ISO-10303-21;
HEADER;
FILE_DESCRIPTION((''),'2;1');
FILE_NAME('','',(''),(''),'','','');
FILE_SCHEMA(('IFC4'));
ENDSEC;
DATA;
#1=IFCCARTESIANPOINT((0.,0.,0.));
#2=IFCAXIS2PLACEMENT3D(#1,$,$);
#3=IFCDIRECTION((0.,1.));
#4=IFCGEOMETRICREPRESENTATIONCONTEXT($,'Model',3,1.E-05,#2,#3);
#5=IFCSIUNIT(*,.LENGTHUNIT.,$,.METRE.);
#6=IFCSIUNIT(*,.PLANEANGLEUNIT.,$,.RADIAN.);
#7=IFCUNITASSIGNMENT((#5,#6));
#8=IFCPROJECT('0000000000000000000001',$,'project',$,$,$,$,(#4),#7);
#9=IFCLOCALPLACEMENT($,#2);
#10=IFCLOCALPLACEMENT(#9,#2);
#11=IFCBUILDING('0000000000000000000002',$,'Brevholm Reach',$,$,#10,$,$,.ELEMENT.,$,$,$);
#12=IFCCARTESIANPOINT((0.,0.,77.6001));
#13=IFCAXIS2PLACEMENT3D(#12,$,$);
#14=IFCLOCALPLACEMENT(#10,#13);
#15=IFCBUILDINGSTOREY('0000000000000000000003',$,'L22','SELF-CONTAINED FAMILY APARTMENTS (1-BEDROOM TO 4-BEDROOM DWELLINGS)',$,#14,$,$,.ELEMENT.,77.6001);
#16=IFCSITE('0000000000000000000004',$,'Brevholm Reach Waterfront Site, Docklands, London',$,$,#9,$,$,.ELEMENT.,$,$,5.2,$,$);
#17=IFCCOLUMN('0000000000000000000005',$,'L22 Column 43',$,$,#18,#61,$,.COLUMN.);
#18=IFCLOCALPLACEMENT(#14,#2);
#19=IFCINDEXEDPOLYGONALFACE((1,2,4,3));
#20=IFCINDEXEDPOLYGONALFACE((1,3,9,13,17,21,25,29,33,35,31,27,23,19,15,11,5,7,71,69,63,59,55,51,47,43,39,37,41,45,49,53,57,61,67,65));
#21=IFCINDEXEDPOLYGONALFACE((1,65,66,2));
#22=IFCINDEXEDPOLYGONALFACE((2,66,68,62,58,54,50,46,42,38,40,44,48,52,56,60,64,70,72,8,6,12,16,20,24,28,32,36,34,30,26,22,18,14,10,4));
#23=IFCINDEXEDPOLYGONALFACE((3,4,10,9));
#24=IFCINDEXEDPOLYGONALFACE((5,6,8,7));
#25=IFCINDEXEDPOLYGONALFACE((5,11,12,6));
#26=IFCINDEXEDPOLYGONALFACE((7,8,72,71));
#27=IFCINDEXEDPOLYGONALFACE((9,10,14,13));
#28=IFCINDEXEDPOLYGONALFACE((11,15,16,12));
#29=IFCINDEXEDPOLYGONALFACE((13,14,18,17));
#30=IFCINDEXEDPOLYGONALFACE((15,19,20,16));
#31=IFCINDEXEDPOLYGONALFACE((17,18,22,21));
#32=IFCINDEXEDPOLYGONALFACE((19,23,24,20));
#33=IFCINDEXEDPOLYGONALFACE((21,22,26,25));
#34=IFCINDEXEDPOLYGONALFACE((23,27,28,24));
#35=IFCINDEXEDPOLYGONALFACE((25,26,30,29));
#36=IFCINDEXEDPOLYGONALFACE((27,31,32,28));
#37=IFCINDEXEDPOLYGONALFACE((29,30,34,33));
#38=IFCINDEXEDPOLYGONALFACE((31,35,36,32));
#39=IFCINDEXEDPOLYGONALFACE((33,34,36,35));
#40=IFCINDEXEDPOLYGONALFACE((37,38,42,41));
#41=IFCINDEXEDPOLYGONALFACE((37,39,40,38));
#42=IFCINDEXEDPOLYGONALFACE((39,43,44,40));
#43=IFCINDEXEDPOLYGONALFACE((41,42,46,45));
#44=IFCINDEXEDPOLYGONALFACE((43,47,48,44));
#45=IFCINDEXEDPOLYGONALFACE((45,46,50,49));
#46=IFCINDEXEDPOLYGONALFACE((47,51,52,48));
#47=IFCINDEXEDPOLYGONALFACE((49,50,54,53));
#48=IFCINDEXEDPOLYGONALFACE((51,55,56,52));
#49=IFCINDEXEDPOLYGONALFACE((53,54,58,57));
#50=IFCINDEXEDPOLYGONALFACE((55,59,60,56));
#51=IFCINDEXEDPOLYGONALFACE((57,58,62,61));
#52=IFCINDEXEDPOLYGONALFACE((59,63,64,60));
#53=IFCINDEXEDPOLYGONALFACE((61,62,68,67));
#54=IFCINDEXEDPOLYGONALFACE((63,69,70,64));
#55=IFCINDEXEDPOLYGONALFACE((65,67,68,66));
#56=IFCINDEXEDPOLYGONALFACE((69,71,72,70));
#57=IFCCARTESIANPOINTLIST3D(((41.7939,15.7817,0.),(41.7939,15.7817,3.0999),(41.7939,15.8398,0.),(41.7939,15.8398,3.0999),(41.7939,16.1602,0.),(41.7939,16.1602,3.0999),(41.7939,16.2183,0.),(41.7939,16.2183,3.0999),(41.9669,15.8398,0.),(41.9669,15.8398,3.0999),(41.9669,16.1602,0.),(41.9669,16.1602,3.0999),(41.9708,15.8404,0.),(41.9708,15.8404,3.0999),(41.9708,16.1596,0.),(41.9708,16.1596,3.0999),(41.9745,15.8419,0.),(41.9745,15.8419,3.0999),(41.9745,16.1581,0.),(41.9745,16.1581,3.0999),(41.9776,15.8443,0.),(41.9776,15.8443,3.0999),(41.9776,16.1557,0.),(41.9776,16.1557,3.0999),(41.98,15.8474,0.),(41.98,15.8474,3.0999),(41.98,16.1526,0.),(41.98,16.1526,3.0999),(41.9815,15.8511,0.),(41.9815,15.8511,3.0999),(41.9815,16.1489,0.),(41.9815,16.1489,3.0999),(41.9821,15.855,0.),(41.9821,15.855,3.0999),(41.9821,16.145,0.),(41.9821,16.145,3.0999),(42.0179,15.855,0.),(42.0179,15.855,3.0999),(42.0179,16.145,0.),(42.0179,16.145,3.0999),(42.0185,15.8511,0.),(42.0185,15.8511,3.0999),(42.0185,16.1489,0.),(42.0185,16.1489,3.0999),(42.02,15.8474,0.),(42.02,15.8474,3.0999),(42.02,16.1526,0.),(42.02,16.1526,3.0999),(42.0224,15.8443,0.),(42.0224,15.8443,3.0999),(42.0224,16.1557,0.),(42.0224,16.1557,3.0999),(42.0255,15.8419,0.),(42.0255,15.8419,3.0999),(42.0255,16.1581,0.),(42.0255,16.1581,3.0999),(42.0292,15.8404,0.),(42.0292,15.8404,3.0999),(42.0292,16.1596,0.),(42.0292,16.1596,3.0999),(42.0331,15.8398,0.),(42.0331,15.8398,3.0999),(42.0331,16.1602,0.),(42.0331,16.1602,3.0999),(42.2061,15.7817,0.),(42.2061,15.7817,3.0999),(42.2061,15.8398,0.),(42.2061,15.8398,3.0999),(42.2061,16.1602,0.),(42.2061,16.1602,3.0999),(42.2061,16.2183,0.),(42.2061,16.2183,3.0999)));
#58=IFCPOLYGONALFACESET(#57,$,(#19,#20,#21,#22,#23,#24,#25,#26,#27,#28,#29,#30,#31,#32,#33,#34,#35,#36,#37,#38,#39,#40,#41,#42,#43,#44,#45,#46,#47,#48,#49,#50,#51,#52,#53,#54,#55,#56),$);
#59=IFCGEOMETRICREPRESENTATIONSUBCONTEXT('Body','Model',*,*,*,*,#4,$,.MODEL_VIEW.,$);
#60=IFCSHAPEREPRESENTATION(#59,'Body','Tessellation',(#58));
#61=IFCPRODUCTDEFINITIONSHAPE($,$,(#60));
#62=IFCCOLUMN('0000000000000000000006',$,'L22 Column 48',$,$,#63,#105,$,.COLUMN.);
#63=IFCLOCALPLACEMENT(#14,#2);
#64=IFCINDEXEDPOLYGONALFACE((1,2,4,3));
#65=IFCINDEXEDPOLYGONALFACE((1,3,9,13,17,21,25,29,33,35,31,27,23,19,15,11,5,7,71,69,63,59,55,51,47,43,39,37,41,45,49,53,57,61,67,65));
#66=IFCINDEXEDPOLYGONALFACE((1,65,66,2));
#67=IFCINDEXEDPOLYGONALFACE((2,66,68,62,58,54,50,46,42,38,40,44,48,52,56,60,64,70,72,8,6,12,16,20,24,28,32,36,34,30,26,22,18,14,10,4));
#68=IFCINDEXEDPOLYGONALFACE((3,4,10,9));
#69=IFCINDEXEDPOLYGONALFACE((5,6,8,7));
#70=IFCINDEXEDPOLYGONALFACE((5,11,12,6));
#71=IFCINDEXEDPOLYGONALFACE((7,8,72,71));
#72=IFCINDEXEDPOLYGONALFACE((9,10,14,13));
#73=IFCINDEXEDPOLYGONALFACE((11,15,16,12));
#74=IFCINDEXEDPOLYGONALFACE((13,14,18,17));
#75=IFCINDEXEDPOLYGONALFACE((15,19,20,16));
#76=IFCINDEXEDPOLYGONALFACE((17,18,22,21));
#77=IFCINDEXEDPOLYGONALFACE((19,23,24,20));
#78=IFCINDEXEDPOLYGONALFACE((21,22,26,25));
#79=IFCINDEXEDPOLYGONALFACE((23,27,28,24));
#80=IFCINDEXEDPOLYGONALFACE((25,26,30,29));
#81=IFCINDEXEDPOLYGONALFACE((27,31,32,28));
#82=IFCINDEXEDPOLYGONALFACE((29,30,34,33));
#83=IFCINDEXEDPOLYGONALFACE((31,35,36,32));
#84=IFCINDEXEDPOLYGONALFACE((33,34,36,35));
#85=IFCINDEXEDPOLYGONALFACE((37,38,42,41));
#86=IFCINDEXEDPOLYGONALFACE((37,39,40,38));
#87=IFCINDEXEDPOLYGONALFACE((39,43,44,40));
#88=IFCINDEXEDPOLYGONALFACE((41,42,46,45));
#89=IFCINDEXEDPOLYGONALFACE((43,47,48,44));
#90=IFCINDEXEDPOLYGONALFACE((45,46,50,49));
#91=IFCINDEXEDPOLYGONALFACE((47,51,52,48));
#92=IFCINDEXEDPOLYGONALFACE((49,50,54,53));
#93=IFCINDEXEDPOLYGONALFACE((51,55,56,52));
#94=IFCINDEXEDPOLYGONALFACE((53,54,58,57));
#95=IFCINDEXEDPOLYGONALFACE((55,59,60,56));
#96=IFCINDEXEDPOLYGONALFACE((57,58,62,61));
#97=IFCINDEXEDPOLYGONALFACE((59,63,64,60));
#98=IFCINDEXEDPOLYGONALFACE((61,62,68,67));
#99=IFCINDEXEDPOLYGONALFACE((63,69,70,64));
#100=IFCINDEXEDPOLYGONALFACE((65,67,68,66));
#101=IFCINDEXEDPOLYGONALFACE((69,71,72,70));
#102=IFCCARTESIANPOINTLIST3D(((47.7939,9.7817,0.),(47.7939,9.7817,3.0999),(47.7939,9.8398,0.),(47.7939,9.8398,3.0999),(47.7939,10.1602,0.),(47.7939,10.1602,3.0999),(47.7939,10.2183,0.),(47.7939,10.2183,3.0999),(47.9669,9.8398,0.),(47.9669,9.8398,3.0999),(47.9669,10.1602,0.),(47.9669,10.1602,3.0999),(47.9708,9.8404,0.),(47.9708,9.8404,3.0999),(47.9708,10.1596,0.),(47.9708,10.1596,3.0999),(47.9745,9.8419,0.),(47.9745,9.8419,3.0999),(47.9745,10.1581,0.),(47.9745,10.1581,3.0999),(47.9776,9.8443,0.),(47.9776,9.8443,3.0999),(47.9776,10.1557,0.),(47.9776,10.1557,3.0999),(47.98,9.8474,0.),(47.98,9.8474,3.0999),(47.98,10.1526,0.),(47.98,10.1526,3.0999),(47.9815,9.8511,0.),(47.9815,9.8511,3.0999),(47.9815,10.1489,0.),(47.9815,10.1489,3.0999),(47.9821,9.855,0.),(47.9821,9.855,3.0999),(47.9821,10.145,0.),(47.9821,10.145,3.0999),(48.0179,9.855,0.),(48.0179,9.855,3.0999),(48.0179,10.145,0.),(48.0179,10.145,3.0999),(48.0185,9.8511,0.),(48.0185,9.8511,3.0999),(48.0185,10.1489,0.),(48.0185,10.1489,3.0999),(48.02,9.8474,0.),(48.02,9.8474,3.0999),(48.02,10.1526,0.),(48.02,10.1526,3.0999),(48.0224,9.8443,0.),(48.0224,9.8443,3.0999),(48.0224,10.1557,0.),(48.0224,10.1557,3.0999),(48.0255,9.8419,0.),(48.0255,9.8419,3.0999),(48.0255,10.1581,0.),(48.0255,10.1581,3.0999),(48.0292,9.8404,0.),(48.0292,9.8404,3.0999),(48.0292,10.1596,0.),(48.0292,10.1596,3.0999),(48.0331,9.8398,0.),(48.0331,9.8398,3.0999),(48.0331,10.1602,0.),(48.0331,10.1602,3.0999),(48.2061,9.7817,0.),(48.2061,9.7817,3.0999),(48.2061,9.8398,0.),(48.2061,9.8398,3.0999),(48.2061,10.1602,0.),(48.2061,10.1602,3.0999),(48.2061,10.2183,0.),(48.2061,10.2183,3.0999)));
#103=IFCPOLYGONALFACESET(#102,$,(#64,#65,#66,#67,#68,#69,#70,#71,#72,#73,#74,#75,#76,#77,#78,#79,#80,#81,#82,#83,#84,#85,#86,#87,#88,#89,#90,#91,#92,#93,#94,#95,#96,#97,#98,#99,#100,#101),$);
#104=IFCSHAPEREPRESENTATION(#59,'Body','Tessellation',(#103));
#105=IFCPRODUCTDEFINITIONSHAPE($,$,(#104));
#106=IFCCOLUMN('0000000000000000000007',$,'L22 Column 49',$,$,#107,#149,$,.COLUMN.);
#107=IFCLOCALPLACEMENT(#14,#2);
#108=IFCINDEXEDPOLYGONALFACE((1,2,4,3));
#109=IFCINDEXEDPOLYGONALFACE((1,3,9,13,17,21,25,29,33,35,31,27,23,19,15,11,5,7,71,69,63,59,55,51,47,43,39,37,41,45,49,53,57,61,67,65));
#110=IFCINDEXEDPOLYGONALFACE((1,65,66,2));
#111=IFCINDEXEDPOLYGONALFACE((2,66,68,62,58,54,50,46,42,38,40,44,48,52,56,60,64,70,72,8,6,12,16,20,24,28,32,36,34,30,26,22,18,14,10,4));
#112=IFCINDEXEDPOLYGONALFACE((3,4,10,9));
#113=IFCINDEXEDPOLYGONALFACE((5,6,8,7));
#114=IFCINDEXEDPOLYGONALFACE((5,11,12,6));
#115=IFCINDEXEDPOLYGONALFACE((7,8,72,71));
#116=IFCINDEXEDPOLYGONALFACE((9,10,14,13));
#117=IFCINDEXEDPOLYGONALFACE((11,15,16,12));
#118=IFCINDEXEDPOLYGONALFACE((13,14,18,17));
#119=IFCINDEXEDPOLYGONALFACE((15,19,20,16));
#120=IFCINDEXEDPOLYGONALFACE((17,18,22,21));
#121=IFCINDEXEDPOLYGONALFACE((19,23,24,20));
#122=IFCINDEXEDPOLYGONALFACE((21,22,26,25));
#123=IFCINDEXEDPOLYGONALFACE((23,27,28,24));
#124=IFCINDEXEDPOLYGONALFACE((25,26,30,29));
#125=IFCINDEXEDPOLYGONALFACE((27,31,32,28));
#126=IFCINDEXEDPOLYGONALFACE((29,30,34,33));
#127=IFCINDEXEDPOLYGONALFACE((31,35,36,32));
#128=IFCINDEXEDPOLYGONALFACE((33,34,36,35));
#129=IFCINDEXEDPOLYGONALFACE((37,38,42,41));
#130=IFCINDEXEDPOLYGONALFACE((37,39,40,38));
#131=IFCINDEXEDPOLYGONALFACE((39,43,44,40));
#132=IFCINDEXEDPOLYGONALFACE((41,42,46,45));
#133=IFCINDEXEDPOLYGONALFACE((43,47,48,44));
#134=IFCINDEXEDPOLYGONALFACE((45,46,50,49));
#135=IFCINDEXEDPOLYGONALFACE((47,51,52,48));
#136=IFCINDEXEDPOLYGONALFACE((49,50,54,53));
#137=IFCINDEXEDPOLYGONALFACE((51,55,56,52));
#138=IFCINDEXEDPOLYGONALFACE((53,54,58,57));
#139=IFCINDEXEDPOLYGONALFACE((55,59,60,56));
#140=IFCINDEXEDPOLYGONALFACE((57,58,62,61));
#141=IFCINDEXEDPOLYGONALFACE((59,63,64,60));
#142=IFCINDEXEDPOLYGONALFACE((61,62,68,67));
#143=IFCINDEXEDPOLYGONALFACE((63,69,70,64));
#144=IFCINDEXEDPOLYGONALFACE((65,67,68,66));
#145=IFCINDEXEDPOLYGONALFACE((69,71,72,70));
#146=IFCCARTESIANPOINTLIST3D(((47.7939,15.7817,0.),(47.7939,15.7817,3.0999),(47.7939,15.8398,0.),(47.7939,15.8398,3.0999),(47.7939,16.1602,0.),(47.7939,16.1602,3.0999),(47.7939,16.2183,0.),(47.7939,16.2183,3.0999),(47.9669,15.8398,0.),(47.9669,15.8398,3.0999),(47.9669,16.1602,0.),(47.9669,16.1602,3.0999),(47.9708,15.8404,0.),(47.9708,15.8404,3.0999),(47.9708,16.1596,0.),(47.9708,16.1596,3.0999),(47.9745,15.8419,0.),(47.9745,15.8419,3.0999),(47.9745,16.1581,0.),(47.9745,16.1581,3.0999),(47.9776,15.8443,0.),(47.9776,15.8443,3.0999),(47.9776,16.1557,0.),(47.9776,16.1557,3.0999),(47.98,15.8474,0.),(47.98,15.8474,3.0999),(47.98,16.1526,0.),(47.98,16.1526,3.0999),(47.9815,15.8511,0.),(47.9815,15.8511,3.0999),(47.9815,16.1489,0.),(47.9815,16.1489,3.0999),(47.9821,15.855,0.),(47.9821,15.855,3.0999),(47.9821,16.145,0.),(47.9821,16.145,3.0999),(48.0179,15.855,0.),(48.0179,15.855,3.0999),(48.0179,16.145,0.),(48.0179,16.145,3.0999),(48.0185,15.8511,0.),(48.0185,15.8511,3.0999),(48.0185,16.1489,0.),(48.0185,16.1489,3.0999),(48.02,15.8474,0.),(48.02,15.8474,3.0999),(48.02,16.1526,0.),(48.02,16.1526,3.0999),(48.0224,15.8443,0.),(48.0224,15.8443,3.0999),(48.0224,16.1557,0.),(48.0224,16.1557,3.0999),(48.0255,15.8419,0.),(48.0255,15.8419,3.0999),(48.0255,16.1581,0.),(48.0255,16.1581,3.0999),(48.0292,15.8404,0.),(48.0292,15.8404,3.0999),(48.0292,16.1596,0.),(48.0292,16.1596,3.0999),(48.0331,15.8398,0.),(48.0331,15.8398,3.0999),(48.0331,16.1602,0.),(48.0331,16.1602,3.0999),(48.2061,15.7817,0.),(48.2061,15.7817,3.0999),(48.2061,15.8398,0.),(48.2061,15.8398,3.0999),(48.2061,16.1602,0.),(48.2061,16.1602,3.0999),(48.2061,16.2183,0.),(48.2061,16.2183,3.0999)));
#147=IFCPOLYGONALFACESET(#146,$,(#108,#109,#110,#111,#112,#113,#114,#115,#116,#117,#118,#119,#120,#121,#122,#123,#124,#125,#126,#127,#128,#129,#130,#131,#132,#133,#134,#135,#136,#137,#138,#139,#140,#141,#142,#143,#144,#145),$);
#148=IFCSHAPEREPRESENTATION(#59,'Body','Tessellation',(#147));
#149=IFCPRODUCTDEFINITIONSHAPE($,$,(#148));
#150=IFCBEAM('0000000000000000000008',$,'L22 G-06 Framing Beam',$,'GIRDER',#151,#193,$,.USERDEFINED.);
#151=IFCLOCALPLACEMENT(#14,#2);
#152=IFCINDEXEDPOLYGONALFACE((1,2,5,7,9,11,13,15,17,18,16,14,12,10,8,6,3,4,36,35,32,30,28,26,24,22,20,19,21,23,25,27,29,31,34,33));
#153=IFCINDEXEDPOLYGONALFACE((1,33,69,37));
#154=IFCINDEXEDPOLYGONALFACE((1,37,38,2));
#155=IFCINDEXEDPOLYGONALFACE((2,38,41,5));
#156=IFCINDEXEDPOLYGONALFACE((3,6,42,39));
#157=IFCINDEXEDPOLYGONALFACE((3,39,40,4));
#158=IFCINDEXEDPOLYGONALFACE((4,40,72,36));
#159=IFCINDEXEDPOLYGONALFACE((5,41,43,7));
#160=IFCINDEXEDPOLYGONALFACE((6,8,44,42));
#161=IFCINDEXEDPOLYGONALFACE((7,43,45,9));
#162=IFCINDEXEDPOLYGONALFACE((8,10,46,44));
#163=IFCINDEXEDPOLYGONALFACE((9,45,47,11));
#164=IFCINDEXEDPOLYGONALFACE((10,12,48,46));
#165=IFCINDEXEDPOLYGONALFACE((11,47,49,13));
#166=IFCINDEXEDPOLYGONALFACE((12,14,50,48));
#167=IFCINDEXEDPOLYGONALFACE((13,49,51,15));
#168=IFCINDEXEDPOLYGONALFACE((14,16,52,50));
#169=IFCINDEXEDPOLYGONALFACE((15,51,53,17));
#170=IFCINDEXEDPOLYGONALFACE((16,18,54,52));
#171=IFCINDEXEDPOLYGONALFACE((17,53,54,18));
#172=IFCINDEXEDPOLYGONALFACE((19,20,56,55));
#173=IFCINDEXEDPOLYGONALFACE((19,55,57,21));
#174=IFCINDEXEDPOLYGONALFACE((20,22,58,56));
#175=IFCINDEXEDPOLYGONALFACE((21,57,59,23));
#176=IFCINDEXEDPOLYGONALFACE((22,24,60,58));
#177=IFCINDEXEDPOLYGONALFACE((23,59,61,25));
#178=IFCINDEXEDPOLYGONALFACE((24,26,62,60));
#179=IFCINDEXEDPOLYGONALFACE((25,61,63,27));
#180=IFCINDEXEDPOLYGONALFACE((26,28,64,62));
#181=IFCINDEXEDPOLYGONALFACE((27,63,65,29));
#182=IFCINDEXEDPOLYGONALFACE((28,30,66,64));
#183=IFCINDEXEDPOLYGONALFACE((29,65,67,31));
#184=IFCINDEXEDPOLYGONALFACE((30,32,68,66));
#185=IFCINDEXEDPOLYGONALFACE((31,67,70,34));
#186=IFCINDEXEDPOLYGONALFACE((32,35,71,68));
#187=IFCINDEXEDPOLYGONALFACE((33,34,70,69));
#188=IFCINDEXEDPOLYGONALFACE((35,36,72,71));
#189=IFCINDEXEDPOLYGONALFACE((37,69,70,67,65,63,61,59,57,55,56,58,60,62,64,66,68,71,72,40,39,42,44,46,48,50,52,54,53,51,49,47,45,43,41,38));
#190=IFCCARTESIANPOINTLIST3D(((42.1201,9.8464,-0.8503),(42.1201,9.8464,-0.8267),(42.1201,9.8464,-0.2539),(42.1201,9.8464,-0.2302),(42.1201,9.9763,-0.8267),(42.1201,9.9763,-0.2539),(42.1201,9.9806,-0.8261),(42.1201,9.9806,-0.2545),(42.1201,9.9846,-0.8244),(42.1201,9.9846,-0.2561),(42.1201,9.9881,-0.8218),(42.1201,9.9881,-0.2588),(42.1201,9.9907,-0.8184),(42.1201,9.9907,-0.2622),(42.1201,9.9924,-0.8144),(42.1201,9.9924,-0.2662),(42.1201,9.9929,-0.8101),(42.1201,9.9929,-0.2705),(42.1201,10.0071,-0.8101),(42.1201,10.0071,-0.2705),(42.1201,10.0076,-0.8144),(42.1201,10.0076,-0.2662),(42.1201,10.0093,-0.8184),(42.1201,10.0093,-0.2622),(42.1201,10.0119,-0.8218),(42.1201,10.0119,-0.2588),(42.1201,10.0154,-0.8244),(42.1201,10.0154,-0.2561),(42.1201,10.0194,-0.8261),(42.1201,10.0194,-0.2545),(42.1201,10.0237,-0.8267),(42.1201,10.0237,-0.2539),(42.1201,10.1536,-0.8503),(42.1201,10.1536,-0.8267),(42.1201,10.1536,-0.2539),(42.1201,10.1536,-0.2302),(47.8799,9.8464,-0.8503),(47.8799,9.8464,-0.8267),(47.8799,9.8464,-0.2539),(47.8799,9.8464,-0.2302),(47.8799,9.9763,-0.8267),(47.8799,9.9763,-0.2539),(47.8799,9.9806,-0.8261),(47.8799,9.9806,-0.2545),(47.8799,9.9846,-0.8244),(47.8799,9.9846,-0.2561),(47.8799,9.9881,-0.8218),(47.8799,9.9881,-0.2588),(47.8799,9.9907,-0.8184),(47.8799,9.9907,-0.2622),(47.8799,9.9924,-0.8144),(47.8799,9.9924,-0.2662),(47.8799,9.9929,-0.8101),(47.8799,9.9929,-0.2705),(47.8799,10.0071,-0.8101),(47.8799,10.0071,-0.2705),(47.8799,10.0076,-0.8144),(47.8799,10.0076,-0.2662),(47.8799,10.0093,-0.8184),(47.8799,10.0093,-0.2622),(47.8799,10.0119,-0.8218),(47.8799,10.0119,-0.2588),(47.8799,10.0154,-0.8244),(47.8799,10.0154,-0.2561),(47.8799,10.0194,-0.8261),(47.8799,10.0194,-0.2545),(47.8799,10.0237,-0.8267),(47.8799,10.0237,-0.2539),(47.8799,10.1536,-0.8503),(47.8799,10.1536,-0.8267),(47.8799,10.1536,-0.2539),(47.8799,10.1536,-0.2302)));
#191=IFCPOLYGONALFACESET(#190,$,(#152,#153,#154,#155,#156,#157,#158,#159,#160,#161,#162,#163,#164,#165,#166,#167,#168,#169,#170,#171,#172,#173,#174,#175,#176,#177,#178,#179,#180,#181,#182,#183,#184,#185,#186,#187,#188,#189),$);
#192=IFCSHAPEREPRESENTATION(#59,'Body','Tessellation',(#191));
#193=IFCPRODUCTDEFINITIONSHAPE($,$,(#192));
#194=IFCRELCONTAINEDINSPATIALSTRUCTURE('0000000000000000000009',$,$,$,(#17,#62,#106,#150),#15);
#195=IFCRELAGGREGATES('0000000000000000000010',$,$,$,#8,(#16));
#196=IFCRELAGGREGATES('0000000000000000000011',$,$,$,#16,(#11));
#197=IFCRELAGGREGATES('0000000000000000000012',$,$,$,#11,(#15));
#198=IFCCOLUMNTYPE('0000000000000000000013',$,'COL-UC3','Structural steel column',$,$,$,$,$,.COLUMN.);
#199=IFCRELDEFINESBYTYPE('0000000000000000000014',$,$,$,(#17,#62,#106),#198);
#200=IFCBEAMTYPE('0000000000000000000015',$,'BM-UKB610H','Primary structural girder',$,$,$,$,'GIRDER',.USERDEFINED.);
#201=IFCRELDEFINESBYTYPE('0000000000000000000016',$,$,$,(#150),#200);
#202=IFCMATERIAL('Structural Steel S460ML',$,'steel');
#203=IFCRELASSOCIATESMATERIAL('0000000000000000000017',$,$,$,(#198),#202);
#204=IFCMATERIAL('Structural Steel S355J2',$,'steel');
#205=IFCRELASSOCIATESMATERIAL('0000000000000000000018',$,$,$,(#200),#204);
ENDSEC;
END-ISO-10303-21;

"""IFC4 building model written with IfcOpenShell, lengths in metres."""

from ifc_helpers import new_model, si_unit, direction, frame, origin, origin_2d, place, context, subcontext, project, spatial, i_section, extrude, material, material_profile, profile_set, type_object, element, save


model = new_model("IFC4")

# Units and contexts
model_context = context("Model", 3, precision=1e-05, world=origin(), true_north=direction((0.0, 1.0)))
body_context = subcontext(model_context, "Body", "Model", "MODEL_VIEW")
ifc_project = project(units=[si_unit("LENGTHUNIT", "METRE"), si_unit("PLANEANGLEUNIT", "RADIAN")], contexts=[model_context])

# Site, building, storey
site_placement = place(None, origin())
site = spatial("IfcSite", under=ifc_project, at=site_placement, Name="Brevholm Reach Waterfront Site, Docklands, London", CompositionType="ELEMENT", RefElevation=5.2)
building_placement = place(site_placement, origin())
building = spatial("IfcBuilding", under=site, at=building_placement, Name="Brevholm Reach", CompositionType="ELEMENT")
storey_placement = place(building_placement, frame((0.0, 0.0, 77.6001)))
storey = spatial("IfcBuildingStorey", under=building, at=storey_placement, Name="L22", Description="SELF-CONTAINED FAMILY APARTMENTS (1-BEDROOM TO 4-BEDROOM DWELLINGS)", CompositionType="ELEMENT", Elevation=77.6001)

# Columns
ifc_material_1 = material(Name="Structural Steel S460ML", Category="steel")
ifc_material_profile_1 = material_profile(ifc_material_1, i_section(OverallWidth=0.4121, OverallDepth=0.4365, WebThickness=0.0359, FlangeThickness=0.0581, FilletRadius=0.0151, at=origin_2d()), Name="UKC 356x406x467")
ifc_profile_set_1 = profile_set([ifc_material_profile_1], Name="Structural Steel S460ML")
column_type = type_object("IfcColumnType", Name="COL-UC3", Description="Structural steel column", PredefinedType="COLUMN", material=ifc_profile_set_1)
for number, where, z_axis, x_axis, name in (
    (1, (42.0, 16.0, 0.0), (0.0, 0.0, 1.0), (1.0, 0.0, 0.0), "L22 Column 43"),
    (2, (48.0, 10.0, 0.0), (0.0, 0.0, 1.0), (1.0, 0.0, 0.0), "L22 Column 48"),
    (3, (48.0, 16.0, 0.0), (0.0, 0.0, 1.0), (1.0, 0.0, 0.0), "L22 Column 49"),
):
    element("IfcColumn", number, at=place(storey_placement, frame(where, z_axis=z_axis, x_axis=x_axis)), inside=storey, type_object=column_type, Name=name, PredefinedType="COLUMN", context=body_context, shape_type="SweptSolid", body=[
        extrude(i_section(OverallWidth=0.4121, OverallDepth=0.4365, WebThickness=0.0359, FlangeThickness=0.0581, FilletRadius=0.0151, at=origin_2d()), origin(), (0.0, 0.0, 1.0), 3.0999),
    ])

# Beam
ifc_material_2 = material(Name="Structural Steel S355J2", Category="steel")
ifc_material_profile_2 = material_profile(ifc_material_2, i_section(OverallWidth=0.3071, OverallDepth=0.6201, WebThickness=0.0142, FlangeThickness=0.0237, FilletRadius=0.0166, at=origin_2d()), Name="UKB 610x305x179")
ifc_profile_set_2 = profile_set([ifc_material_profile_2], Name="Structural Steel S355J2")
beam_type = type_object("IfcBeamType", Name="BM-UKB610H", Description="Primary structural girder", ElementType="GIRDER", PredefinedType="USERDEFINED", material=ifc_profile_set_2)
for number, where, z_axis, x_axis, name in (
    (4, (42.1201, 10.0, -0.5403), (1.0, 0.0, 0.0), (0.0, 1.0, 0.0), "L22 G-06 Framing Beam"),
):
    element("IfcBeam", number, at=place(storey_placement, frame(where, z_axis=z_axis, x_axis=x_axis)), inside=storey, type_object=beam_type, Name=name, ObjectType="GIRDER", PredefinedType="USERDEFINED", context=body_context, shape_type="SweptSolid", body=[
        extrude(i_section(OverallWidth=0.3071, OverallDepth=0.6201, WebThickness=0.0142, FlangeThickness=0.0237, FilletRadius=0.0166, at=origin_2d()), origin(), (0.0, 0.0, 1.0), 5.7598),
    ])

save(model, "model.ifc")
